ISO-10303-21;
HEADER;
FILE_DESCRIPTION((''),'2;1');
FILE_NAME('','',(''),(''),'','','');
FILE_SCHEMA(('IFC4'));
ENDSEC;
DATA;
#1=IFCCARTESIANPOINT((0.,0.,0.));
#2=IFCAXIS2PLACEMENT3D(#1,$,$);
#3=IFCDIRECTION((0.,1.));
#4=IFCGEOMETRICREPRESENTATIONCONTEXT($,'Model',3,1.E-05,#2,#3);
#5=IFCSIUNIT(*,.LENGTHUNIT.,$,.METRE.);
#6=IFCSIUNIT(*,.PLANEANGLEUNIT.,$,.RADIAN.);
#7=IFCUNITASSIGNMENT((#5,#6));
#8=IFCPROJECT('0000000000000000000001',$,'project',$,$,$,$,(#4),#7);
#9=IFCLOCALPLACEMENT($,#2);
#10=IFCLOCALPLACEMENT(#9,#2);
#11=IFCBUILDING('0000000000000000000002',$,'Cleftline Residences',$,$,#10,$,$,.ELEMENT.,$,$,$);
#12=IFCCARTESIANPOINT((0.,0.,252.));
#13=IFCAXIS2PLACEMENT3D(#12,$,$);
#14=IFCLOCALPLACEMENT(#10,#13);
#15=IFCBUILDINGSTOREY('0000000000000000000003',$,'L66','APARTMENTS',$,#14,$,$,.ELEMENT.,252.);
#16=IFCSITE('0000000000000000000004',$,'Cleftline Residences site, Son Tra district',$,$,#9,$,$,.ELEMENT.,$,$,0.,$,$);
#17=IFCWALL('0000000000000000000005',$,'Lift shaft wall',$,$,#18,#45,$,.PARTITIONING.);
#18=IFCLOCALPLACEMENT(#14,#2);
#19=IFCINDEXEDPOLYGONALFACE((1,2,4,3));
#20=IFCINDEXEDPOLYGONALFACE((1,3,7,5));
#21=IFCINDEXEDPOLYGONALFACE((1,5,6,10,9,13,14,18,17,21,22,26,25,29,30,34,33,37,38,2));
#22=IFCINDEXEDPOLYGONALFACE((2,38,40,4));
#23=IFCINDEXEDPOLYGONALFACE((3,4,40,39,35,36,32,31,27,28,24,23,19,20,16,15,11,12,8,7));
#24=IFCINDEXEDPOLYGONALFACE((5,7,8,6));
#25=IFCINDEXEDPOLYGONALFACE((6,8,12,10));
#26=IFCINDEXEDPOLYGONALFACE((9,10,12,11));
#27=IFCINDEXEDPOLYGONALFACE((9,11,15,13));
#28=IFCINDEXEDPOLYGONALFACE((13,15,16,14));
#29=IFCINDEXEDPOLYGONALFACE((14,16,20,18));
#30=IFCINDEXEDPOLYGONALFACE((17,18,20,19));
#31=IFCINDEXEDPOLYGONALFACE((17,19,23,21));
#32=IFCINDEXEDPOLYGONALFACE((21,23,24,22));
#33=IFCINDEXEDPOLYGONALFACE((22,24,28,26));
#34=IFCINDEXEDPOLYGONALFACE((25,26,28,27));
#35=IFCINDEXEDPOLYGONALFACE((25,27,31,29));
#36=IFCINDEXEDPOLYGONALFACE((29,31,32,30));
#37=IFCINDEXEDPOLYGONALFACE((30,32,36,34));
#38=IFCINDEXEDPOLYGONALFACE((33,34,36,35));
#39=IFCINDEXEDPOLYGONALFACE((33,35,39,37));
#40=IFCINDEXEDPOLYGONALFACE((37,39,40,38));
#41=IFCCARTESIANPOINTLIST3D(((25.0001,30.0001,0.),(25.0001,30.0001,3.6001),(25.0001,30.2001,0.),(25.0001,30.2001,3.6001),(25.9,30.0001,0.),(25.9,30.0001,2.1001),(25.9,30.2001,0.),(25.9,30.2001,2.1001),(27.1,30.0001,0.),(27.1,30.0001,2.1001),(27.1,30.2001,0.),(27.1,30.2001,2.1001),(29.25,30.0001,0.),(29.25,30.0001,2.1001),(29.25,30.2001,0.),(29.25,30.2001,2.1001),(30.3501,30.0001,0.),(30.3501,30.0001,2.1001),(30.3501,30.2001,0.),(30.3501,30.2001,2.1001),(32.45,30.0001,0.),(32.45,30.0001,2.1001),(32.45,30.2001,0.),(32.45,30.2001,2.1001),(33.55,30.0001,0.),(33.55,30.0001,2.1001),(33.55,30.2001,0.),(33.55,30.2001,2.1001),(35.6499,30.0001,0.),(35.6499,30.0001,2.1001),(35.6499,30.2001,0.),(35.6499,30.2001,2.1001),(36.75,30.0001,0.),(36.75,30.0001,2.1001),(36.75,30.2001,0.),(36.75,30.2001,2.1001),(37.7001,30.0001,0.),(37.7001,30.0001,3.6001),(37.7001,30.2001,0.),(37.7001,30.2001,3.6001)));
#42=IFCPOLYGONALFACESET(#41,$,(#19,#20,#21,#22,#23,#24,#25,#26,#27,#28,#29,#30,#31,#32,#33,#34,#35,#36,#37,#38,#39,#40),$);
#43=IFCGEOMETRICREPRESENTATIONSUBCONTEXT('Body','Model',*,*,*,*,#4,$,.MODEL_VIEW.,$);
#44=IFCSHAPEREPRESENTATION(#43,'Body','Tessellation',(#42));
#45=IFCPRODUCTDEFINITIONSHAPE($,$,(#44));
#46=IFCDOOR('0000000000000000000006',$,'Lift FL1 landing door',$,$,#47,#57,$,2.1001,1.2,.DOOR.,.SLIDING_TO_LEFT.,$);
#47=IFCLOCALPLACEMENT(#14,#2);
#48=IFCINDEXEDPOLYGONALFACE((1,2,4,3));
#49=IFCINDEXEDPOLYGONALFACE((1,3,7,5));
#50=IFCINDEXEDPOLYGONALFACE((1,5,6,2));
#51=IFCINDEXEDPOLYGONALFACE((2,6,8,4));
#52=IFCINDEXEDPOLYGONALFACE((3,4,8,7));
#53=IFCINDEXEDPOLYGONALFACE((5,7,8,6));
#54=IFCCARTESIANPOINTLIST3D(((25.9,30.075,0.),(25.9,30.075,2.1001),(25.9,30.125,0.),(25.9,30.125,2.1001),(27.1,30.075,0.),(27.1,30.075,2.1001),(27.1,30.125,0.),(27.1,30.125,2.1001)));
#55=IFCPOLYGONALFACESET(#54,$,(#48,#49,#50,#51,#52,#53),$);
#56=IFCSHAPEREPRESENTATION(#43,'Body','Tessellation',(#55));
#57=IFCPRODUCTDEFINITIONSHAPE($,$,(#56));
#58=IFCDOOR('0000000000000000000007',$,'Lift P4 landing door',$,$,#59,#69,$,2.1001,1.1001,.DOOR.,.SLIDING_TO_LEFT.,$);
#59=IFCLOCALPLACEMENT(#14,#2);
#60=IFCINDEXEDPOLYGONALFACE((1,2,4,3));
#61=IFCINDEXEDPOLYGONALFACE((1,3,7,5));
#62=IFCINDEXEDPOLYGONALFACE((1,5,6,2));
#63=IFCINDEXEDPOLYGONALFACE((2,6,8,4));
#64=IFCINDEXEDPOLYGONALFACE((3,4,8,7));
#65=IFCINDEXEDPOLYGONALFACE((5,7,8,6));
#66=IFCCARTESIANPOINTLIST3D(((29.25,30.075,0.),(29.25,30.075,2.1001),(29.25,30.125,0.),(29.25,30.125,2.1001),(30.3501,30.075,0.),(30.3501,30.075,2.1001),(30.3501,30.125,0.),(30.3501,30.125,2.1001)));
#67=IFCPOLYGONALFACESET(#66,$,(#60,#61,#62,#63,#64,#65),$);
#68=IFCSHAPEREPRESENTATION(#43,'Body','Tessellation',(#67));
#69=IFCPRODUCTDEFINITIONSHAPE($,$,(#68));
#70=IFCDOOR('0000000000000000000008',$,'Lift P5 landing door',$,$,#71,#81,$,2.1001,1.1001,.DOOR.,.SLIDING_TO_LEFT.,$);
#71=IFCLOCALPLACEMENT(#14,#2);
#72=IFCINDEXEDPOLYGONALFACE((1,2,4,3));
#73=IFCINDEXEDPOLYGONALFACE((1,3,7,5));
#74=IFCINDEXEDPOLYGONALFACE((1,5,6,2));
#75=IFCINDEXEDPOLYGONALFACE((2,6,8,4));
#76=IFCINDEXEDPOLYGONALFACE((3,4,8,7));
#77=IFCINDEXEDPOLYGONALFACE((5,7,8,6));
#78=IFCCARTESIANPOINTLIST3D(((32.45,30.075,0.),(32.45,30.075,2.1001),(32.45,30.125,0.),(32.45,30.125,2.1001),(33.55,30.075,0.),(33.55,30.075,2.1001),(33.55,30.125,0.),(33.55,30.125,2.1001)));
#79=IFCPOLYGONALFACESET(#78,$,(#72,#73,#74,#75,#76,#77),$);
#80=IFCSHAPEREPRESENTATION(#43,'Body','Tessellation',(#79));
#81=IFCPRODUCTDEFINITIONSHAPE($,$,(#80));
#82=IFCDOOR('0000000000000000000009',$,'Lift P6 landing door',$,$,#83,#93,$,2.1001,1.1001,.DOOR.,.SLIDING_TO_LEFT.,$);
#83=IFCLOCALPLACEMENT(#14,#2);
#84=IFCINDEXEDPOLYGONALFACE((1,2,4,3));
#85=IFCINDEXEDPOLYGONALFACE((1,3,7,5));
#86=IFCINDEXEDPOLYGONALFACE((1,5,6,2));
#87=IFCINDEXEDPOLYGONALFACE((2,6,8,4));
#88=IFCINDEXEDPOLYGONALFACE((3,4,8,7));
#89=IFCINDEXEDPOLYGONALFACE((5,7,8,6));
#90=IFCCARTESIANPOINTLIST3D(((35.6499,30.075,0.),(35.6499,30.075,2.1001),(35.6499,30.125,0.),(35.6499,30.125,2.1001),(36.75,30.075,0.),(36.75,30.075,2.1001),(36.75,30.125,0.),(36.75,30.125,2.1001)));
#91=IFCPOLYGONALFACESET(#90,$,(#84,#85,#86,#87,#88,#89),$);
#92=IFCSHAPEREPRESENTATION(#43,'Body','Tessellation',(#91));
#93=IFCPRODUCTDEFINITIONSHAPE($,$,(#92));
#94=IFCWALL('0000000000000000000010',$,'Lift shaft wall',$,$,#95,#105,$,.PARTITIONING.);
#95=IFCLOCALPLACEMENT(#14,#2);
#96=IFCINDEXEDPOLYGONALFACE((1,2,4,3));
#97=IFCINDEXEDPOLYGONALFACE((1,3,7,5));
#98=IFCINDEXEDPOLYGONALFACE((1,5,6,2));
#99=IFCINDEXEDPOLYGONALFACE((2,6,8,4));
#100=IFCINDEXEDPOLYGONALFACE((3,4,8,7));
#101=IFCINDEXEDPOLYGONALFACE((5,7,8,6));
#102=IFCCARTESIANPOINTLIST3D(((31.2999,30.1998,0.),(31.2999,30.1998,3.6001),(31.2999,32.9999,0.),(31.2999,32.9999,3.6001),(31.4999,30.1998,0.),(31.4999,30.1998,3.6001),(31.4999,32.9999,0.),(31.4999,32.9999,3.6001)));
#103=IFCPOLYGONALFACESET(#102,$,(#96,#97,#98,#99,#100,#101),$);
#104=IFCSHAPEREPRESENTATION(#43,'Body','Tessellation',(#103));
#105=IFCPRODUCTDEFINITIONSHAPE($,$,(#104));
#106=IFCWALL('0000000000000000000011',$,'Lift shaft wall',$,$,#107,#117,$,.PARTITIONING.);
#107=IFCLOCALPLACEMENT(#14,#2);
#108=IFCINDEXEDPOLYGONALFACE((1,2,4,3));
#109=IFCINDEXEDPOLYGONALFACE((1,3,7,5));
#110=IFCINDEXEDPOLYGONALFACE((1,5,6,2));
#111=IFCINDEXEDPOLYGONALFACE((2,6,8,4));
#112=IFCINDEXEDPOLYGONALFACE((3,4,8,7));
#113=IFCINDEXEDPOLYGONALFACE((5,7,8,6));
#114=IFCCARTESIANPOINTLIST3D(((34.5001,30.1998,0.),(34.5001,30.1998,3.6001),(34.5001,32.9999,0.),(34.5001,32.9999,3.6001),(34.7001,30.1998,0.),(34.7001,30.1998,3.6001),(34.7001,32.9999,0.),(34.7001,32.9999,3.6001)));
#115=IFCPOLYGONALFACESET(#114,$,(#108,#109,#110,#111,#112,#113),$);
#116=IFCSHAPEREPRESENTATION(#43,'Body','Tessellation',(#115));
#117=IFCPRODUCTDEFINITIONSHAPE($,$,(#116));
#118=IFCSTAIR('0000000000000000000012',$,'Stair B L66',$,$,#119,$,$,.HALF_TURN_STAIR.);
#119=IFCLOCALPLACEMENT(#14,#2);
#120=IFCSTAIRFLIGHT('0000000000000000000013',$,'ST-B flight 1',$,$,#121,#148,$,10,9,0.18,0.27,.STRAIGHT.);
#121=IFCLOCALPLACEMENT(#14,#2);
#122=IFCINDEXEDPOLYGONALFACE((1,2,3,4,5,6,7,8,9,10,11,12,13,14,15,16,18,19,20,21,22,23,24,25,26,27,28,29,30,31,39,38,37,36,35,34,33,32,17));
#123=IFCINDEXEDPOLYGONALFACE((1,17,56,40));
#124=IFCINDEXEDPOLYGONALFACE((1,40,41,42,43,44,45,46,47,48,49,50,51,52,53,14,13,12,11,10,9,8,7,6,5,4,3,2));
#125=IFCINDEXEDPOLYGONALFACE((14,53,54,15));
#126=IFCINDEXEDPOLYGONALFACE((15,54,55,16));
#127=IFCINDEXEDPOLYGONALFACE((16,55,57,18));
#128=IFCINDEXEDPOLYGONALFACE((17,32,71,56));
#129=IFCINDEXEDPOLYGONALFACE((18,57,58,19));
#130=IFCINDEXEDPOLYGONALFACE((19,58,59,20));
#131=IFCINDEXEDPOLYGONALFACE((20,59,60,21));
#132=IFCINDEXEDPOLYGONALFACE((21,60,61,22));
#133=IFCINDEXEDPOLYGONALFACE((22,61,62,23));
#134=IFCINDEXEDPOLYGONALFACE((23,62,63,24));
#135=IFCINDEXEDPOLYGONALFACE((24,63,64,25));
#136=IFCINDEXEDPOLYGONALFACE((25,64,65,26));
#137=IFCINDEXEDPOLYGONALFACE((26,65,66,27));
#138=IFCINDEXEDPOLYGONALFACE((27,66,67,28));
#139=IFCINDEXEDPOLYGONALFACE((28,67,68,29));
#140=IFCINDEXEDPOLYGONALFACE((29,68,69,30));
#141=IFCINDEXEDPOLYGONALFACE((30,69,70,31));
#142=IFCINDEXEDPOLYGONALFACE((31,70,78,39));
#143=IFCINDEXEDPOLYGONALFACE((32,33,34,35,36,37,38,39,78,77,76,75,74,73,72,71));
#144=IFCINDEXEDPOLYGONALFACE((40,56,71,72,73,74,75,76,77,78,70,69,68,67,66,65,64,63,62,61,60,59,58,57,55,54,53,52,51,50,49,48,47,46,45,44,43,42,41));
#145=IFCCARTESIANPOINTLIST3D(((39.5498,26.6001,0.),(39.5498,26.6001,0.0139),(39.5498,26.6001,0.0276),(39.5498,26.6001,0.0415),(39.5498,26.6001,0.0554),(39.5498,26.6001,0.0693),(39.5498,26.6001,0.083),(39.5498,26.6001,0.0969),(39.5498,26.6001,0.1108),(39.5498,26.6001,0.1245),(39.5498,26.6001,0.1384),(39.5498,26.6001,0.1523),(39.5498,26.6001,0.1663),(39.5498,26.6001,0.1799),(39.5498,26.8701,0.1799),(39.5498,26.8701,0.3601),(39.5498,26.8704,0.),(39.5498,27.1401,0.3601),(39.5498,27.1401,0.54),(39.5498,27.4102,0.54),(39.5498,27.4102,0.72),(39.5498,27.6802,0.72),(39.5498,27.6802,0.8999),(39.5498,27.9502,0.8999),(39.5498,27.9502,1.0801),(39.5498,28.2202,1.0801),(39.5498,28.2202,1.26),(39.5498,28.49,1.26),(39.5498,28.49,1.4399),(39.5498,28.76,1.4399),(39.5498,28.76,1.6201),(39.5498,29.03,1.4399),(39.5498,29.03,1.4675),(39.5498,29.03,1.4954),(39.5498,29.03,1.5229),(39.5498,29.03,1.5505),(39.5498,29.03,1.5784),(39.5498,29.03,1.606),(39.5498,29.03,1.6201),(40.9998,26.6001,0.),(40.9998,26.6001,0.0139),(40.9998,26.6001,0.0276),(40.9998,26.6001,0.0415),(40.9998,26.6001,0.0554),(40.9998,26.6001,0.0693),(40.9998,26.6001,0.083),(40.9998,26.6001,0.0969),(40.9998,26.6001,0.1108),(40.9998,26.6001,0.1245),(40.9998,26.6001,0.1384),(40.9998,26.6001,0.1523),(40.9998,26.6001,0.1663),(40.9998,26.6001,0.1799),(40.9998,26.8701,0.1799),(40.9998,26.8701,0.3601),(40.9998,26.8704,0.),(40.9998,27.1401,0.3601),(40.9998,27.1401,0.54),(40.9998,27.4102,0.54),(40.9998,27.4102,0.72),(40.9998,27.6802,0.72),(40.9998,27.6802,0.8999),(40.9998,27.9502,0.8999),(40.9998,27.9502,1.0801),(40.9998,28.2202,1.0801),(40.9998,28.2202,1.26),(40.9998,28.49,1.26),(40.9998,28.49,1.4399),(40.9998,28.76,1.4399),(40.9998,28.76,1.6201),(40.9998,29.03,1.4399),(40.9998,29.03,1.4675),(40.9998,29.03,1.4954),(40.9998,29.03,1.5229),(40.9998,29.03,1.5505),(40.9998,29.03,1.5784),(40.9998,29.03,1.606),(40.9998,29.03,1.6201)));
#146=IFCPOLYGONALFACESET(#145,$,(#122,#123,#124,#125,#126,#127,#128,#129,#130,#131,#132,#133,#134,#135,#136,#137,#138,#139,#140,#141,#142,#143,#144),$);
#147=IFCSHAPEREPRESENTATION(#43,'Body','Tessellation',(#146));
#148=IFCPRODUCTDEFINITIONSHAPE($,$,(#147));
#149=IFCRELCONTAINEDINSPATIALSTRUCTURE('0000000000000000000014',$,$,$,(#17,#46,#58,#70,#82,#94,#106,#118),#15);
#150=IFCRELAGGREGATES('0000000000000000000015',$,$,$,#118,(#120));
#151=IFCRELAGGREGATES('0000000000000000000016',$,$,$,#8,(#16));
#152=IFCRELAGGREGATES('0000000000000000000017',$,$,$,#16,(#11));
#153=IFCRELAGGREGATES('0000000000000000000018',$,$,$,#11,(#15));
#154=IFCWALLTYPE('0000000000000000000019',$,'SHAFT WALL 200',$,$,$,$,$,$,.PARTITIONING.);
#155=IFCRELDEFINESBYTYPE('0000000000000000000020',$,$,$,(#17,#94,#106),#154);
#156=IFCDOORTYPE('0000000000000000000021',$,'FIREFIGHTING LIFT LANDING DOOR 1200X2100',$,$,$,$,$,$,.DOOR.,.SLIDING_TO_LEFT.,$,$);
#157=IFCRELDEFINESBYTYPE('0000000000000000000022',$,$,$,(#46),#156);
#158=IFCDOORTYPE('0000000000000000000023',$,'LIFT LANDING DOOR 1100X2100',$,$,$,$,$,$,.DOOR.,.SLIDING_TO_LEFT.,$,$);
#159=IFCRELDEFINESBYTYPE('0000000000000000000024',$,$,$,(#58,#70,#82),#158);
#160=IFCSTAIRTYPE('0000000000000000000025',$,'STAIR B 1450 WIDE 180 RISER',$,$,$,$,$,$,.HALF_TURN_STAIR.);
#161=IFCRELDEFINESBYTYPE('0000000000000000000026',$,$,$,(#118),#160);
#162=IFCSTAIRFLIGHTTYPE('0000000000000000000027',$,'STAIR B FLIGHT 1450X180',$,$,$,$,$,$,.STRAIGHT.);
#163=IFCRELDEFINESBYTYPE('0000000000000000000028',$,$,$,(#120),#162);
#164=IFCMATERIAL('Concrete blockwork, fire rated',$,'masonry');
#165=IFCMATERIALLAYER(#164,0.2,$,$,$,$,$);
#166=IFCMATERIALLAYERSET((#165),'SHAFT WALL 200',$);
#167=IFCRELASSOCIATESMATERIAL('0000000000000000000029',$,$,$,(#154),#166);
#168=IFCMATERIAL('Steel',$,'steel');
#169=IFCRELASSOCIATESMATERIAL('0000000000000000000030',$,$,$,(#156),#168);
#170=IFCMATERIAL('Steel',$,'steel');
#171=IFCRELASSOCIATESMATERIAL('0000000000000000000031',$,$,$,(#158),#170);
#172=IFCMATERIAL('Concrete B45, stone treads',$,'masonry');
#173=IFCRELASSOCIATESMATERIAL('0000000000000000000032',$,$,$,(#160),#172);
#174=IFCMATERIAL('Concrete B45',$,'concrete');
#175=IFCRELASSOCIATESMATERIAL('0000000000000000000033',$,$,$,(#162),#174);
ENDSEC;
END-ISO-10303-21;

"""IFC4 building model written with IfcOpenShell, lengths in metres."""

from ifc_helpers import new_model, si_unit, direction, frame, frame_2d, origin, place, context, subcontext, project, spatial, polyline, rectangle, outline, extrude, material, layer, layer_set, type_object, element, fill, aggregate, save


model = new_model("IFC4")

# Units and contexts
model_context = context("Model", 3, precision=1e-05, world=origin(), true_north=direction((0.0, 1.0)))
body_context = subcontext(model_context, "Body", "Model", "MODEL_VIEW")
ifc_project = project(units=[si_unit("LENGTHUNIT", "METRE"), si_unit("PLANEANGLEUNIT", "RADIAN")], contexts=[model_context])

# Site, building, storey
site_placement = place(None, origin())
site = spatial("IfcSite", under=ifc_project, at=site_placement, Name="Cleftline Residences site, Son Tra district", CompositionType="ELEMENT", RefElevation=0.0)
building_placement = place(site_placement, origin())
building = spatial("IfcBuilding", under=site, at=building_placement, Name="Cleftline Residences", CompositionType="ELEMENT")
storey_placement = place(building_placement, frame((0.0, 0.0, 252.0)))
storey = spatial("IfcBuildingStorey", under=building, at=storey_placement, Name="L66", Description="APARTMENTS", CompositionType="ELEMENT", Elevation=252.0)

# Wall, openings, doors
ifc_material_1 = material(Name="Concrete blockwork, fire rated", Category="masonry")
ifc_layer_1 = layer(ifc_material_1, 0.2)
ifc_layer_set_1 = layer_set([ifc_layer_1], Name="SHAFT WALL 200")
wall_type_1 = type_object("IfcWallType", Name="SHAFT WALL 200", PredefinedType="PARTITIONING", material=ifc_layer_set_1)
wall_1_placement = place(storey_placement, frame((25.0, 30.1001, 0.0), z_axis=(0.0, 0.0, 1.0), x_axis=(1.0, 0.0, 0.0)))
wall_1 = element("IfcWall", 1, at=wall_1_placement, inside=storey, type_object=wall_type_1, Name="Lift shaft wall", PredefinedType="PARTITIONING", context=body_context, shape_type="SweptSolid", body=[
    extrude(rectangle(XDim=12.7, YDim=0.2, at=frame_2d((6.3501, 0.0))), origin(), (0.0, 0.0, 1.0), 3.6001),
])
opening_1_placement = place(wall_1_placement, frame((4.25, 0.0, 0.0)))
opening_1 = element("IfcOpeningElement", 2, at=opening_1_placement, cuts=wall_1, PredefinedType="OPENING", context=body_context, shape_type="SweptSolid", body=[
    extrude(rectangle(XDim=1.1001, YDim=2.1001, at=frame_2d((0.55, 1.05))), frame((0.0, 0.1099, 0.0), z_axis=(0.0, -1.0, 0.0), x_axis=(1.0, 0.0, 0.0)), (0.0, 0.0, 1.0), 0.22),
])
opening_2_placement = place(wall_1_placement, frame((7.45, 0.0, 0.0)))
opening_2 = element("IfcOpeningElement", 3, at=opening_2_placement, cuts=wall_1, PredefinedType="OPENING", context=body_context, shape_type="SweptSolid", body=[
    extrude(rectangle(XDim=1.1001, YDim=2.1001, at=frame_2d((0.55, 1.05))), frame((0.0, 0.1099, 0.0), z_axis=(0.0, -1.0, 0.0), x_axis=(1.0, 0.0, 0.0)), (0.0, 0.0, 1.0), 0.22),
])
opening_3_placement = place(wall_1_placement, frame((10.6499, 0.0, 0.0)))
opening_3 = element("IfcOpeningElement", 4, at=opening_3_placement, cuts=wall_1, PredefinedType="OPENING", context=body_context, shape_type="SweptSolid", body=[
    extrude(rectangle(XDim=1.1001, YDim=2.1001, at=frame_2d((0.55, 1.05))), frame((0.0, 0.1099, 0.0), z_axis=(0.0, -1.0, 0.0), x_axis=(1.0, 0.0, 0.0)), (0.0, 0.0, 1.0), 0.22),
])
opening_4_placement = place(wall_1_placement, frame((0.8999, 0.0, 0.0)))
opening_4 = element("IfcOpeningElement", 5, at=opening_4_placement, cuts=wall_1, PredefinedType="OPENING", context=body_context, shape_type="SweptSolid", body=[
    extrude(rectangle(XDim=1.2, YDim=2.1001, at=frame_2d((0.6001, 1.05))), frame((0.0, 0.1099, 0.0), z_axis=(0.0, -1.0, 0.0), x_axis=(1.0, 0.0, 0.0)), (0.0, 0.0, 1.0), 0.22),
])
ifc_material_2 = material(Name="Steel", Category="steel")
door_type_1 = type_object("IfcDoorType", Name="FIREFIGHTING LIFT LANDING DOOR 1200X2100", OperationType="SLIDING_TO_LEFT", PredefinedType="DOOR", material=ifc_material_2)
door_1_placement = place(opening_4_placement, origin())
door_1 = element("IfcDoor", 6, at=door_1_placement, inside=storey, type_object=door_type_1, Name="Lift FL1 landing door", OperationType="SLIDING_TO_LEFT", OverallHeight=2.1001, OverallWidth=1.2, PredefinedType="DOOR", context=body_context, shape_type="SweptSolid", body=[
    extrude(rectangle(XDim=1.2, YDim=2.1001, at=frame_2d((0.6001, 1.05))), frame((0.0, 0.0249, 0.0), z_axis=(0.0, -1.0, 0.0), x_axis=(1.0, 0.0, 0.0)), (0.0, 0.0, 1.0), 0.05),
])
fill(opening_4, door_1)
ifc_material_3 = material(Name="Steel", Category="steel")
door_type_2 = type_object("IfcDoorType", Name="LIFT LANDING DOOR 1100X2100", OperationType="SLIDING_TO_LEFT", PredefinedType="DOOR", material=ifc_material_3)
door_2_placement = place(opening_1_placement, origin())
door_2 = element("IfcDoor", 7, at=door_2_placement, inside=storey, type_object=door_type_2, Name="Lift P4 landing door", OperationType="SLIDING_TO_LEFT", OverallHeight=2.1001, OverallWidth=1.1001, PredefinedType="DOOR", context=body_context, shape_type="SweptSolid", body=[
    extrude(rectangle(XDim=1.1001, YDim=2.1001, at=frame_2d((0.55, 1.05))), frame((0.0, 0.0249, 0.0), z_axis=(0.0, -1.0, 0.0), x_axis=(1.0, 0.0, 0.0)), (0.0, 0.0, 1.0), 0.05),
])
fill(opening_1, door_2)
door_3_placement = place(opening_2_placement, origin())
door_3 = element("IfcDoor", 8, at=door_3_placement, inside=storey, type_object=door_type_2, Name="Lift P5 landing door", OperationType="SLIDING_TO_LEFT", OverallHeight=2.1001, OverallWidth=1.1001, PredefinedType="DOOR", context=body_context, shape_type="SweptSolid", body=[
    extrude(rectangle(XDim=1.1001, YDim=2.1001, at=frame_2d((0.55, 1.05))), frame((0.0, 0.0249, 0.0), z_axis=(0.0, -1.0, 0.0), x_axis=(1.0, 0.0, 0.0)), (0.0, 0.0, 1.0), 0.05),
])
fill(opening_2, door_3)
door_4_placement = place(opening_3_placement, origin())
door_4 = element("IfcDoor", 9, at=door_4_placement, inside=storey, type_object=door_type_2, Name="Lift P6 landing door", OperationType="SLIDING_TO_LEFT", OverallHeight=2.1001, OverallWidth=1.1001, PredefinedType="DOOR", context=body_context, shape_type="SweptSolid", body=[
    extrude(rectangle(XDim=1.1001, YDim=2.1001, at=frame_2d((0.55, 1.05))), frame((0.0, 0.0249, 0.0), z_axis=(0.0, -1.0, 0.0), x_axis=(1.0, 0.0, 0.0)), (0.0, 0.0, 1.0), 0.05),
])
fill(opening_3, door_4)

# Walls
for number, where, z_axis, x_axis, name in (
    (10, (31.3999, 30.2, 0.0), (0.0, 0.0, 1.0), (0.0, 1.0, 0.0), "Lift shaft wall"),
    (11, (34.6001, 30.2, 0.0), (0.0, 0.0, 1.0), (0.0, 1.0, 0.0), "Lift shaft wall"),
):
    element("IfcWall", number, at=place(storey_placement, frame(where, z_axis=z_axis, x_axis=x_axis)), inside=storey, type_object=wall_type_1, Name=name, PredefinedType="PARTITIONING", context=body_context, shape_type="SweptSolid", body=[
        extrude(rectangle(XDim=2.8, YDim=0.2, at=frame_2d((1.3999, 0.0))), origin(), (0.0, 0.0, 1.0), 3.6001),
    ])

# Stair, stair flight
ifc_material_4 = material(Name="Concrete B45, stone treads", Category="masonry")
stair_type = type_object("IfcStairType", Name="STAIR B 1450 WIDE 180 RISER", PredefinedType="HALF_TURN_STAIR", material=ifc_material_4)
stair_placement = place(storey_placement, origin())
stair = element("IfcStair", 12, at=stair_placement, inside=storey, type_object=stair_type, Name="Stair B L66", PredefinedType="HALF_TURN_STAIR")
ifc_material_5 = material(Name="Concrete B45", Category="concrete")
stair_flight_type = type_object("IfcStairFlightType", Name="STAIR B FLIGHT 1450X180", PredefinedType="STRAIGHT", material=ifc_material_5)
stair_flight_1_placement = place(storey_placement, frame((40.2749, 26.6001, 0.0), z_axis=(0.0, 0.0, 1.0), x_axis=(0.0, 1.0, 0.0)))
stair_flight_1 = element("IfcStairFlight", 13, at=stair_flight_1_placement, type_object=stair_flight_type, Name="ST-B flight 1", NumberOfRisers=10, NumberOfTreads=9, PredefinedType="STRAIGHT", RiserHeight=0.18, TreadLength=0.27, context=body_context, shape_type="SweptSolid", body=[
    extrude(outline(polyline([(0.0, 0.0), (0.0, 0.0139), (0.0, 0.0276), (0.0, 0.0415), (0.0, 0.0554), (0.0, 0.0693), (0.0, 0.083), (0.0, 0.0969), (0.0, 0.1108), (0.0, 0.1245), (0.0, 0.1384), (0.0, 0.1523), (0.0, 0.1663), (0.0, 0.1799), (0.27, 0.1799), (0.27, 0.3601), (0.54, 0.3601), (0.54, 0.54), (0.8101, 0.54), (0.8101, 0.72), (1.0801, 0.72), (1.0801, 0.8999), (1.3501, 0.8999), (1.3501, 1.0801), (1.6201, 1.0801), (1.6201, 1.26), (1.8899, 1.26), (1.8899, 1.4399), (2.1599, 1.4399), (2.1599, 1.6201), (2.4299, 1.6201), (2.4299, 1.8), (2.4299, 1.7722), (2.4299, 1.7446), (2.4299, 1.7168), (2.4299, 1.6892), (2.4299, 1.6614), (2.4299, 1.6338), (2.4299, 1.606), (2.4299, 1.5784), (2.4299, 1.5505), (2.4299, 1.5229), (2.4299, 1.4954), (2.4299, 1.4675), (2.4299, 1.4399), (0.2703, 0.0), (0.0, 0.0)])), frame((0.0, 0.7251, 0.0), z_axis=(0.0, -1.0, 0.0), x_axis=(1.0, 0.0, 0.0)), (0.0, 0.0, 1.0), 1.45),
])
aggregate(stair, [stair_flight_1])

save(model, "model.ifc")
